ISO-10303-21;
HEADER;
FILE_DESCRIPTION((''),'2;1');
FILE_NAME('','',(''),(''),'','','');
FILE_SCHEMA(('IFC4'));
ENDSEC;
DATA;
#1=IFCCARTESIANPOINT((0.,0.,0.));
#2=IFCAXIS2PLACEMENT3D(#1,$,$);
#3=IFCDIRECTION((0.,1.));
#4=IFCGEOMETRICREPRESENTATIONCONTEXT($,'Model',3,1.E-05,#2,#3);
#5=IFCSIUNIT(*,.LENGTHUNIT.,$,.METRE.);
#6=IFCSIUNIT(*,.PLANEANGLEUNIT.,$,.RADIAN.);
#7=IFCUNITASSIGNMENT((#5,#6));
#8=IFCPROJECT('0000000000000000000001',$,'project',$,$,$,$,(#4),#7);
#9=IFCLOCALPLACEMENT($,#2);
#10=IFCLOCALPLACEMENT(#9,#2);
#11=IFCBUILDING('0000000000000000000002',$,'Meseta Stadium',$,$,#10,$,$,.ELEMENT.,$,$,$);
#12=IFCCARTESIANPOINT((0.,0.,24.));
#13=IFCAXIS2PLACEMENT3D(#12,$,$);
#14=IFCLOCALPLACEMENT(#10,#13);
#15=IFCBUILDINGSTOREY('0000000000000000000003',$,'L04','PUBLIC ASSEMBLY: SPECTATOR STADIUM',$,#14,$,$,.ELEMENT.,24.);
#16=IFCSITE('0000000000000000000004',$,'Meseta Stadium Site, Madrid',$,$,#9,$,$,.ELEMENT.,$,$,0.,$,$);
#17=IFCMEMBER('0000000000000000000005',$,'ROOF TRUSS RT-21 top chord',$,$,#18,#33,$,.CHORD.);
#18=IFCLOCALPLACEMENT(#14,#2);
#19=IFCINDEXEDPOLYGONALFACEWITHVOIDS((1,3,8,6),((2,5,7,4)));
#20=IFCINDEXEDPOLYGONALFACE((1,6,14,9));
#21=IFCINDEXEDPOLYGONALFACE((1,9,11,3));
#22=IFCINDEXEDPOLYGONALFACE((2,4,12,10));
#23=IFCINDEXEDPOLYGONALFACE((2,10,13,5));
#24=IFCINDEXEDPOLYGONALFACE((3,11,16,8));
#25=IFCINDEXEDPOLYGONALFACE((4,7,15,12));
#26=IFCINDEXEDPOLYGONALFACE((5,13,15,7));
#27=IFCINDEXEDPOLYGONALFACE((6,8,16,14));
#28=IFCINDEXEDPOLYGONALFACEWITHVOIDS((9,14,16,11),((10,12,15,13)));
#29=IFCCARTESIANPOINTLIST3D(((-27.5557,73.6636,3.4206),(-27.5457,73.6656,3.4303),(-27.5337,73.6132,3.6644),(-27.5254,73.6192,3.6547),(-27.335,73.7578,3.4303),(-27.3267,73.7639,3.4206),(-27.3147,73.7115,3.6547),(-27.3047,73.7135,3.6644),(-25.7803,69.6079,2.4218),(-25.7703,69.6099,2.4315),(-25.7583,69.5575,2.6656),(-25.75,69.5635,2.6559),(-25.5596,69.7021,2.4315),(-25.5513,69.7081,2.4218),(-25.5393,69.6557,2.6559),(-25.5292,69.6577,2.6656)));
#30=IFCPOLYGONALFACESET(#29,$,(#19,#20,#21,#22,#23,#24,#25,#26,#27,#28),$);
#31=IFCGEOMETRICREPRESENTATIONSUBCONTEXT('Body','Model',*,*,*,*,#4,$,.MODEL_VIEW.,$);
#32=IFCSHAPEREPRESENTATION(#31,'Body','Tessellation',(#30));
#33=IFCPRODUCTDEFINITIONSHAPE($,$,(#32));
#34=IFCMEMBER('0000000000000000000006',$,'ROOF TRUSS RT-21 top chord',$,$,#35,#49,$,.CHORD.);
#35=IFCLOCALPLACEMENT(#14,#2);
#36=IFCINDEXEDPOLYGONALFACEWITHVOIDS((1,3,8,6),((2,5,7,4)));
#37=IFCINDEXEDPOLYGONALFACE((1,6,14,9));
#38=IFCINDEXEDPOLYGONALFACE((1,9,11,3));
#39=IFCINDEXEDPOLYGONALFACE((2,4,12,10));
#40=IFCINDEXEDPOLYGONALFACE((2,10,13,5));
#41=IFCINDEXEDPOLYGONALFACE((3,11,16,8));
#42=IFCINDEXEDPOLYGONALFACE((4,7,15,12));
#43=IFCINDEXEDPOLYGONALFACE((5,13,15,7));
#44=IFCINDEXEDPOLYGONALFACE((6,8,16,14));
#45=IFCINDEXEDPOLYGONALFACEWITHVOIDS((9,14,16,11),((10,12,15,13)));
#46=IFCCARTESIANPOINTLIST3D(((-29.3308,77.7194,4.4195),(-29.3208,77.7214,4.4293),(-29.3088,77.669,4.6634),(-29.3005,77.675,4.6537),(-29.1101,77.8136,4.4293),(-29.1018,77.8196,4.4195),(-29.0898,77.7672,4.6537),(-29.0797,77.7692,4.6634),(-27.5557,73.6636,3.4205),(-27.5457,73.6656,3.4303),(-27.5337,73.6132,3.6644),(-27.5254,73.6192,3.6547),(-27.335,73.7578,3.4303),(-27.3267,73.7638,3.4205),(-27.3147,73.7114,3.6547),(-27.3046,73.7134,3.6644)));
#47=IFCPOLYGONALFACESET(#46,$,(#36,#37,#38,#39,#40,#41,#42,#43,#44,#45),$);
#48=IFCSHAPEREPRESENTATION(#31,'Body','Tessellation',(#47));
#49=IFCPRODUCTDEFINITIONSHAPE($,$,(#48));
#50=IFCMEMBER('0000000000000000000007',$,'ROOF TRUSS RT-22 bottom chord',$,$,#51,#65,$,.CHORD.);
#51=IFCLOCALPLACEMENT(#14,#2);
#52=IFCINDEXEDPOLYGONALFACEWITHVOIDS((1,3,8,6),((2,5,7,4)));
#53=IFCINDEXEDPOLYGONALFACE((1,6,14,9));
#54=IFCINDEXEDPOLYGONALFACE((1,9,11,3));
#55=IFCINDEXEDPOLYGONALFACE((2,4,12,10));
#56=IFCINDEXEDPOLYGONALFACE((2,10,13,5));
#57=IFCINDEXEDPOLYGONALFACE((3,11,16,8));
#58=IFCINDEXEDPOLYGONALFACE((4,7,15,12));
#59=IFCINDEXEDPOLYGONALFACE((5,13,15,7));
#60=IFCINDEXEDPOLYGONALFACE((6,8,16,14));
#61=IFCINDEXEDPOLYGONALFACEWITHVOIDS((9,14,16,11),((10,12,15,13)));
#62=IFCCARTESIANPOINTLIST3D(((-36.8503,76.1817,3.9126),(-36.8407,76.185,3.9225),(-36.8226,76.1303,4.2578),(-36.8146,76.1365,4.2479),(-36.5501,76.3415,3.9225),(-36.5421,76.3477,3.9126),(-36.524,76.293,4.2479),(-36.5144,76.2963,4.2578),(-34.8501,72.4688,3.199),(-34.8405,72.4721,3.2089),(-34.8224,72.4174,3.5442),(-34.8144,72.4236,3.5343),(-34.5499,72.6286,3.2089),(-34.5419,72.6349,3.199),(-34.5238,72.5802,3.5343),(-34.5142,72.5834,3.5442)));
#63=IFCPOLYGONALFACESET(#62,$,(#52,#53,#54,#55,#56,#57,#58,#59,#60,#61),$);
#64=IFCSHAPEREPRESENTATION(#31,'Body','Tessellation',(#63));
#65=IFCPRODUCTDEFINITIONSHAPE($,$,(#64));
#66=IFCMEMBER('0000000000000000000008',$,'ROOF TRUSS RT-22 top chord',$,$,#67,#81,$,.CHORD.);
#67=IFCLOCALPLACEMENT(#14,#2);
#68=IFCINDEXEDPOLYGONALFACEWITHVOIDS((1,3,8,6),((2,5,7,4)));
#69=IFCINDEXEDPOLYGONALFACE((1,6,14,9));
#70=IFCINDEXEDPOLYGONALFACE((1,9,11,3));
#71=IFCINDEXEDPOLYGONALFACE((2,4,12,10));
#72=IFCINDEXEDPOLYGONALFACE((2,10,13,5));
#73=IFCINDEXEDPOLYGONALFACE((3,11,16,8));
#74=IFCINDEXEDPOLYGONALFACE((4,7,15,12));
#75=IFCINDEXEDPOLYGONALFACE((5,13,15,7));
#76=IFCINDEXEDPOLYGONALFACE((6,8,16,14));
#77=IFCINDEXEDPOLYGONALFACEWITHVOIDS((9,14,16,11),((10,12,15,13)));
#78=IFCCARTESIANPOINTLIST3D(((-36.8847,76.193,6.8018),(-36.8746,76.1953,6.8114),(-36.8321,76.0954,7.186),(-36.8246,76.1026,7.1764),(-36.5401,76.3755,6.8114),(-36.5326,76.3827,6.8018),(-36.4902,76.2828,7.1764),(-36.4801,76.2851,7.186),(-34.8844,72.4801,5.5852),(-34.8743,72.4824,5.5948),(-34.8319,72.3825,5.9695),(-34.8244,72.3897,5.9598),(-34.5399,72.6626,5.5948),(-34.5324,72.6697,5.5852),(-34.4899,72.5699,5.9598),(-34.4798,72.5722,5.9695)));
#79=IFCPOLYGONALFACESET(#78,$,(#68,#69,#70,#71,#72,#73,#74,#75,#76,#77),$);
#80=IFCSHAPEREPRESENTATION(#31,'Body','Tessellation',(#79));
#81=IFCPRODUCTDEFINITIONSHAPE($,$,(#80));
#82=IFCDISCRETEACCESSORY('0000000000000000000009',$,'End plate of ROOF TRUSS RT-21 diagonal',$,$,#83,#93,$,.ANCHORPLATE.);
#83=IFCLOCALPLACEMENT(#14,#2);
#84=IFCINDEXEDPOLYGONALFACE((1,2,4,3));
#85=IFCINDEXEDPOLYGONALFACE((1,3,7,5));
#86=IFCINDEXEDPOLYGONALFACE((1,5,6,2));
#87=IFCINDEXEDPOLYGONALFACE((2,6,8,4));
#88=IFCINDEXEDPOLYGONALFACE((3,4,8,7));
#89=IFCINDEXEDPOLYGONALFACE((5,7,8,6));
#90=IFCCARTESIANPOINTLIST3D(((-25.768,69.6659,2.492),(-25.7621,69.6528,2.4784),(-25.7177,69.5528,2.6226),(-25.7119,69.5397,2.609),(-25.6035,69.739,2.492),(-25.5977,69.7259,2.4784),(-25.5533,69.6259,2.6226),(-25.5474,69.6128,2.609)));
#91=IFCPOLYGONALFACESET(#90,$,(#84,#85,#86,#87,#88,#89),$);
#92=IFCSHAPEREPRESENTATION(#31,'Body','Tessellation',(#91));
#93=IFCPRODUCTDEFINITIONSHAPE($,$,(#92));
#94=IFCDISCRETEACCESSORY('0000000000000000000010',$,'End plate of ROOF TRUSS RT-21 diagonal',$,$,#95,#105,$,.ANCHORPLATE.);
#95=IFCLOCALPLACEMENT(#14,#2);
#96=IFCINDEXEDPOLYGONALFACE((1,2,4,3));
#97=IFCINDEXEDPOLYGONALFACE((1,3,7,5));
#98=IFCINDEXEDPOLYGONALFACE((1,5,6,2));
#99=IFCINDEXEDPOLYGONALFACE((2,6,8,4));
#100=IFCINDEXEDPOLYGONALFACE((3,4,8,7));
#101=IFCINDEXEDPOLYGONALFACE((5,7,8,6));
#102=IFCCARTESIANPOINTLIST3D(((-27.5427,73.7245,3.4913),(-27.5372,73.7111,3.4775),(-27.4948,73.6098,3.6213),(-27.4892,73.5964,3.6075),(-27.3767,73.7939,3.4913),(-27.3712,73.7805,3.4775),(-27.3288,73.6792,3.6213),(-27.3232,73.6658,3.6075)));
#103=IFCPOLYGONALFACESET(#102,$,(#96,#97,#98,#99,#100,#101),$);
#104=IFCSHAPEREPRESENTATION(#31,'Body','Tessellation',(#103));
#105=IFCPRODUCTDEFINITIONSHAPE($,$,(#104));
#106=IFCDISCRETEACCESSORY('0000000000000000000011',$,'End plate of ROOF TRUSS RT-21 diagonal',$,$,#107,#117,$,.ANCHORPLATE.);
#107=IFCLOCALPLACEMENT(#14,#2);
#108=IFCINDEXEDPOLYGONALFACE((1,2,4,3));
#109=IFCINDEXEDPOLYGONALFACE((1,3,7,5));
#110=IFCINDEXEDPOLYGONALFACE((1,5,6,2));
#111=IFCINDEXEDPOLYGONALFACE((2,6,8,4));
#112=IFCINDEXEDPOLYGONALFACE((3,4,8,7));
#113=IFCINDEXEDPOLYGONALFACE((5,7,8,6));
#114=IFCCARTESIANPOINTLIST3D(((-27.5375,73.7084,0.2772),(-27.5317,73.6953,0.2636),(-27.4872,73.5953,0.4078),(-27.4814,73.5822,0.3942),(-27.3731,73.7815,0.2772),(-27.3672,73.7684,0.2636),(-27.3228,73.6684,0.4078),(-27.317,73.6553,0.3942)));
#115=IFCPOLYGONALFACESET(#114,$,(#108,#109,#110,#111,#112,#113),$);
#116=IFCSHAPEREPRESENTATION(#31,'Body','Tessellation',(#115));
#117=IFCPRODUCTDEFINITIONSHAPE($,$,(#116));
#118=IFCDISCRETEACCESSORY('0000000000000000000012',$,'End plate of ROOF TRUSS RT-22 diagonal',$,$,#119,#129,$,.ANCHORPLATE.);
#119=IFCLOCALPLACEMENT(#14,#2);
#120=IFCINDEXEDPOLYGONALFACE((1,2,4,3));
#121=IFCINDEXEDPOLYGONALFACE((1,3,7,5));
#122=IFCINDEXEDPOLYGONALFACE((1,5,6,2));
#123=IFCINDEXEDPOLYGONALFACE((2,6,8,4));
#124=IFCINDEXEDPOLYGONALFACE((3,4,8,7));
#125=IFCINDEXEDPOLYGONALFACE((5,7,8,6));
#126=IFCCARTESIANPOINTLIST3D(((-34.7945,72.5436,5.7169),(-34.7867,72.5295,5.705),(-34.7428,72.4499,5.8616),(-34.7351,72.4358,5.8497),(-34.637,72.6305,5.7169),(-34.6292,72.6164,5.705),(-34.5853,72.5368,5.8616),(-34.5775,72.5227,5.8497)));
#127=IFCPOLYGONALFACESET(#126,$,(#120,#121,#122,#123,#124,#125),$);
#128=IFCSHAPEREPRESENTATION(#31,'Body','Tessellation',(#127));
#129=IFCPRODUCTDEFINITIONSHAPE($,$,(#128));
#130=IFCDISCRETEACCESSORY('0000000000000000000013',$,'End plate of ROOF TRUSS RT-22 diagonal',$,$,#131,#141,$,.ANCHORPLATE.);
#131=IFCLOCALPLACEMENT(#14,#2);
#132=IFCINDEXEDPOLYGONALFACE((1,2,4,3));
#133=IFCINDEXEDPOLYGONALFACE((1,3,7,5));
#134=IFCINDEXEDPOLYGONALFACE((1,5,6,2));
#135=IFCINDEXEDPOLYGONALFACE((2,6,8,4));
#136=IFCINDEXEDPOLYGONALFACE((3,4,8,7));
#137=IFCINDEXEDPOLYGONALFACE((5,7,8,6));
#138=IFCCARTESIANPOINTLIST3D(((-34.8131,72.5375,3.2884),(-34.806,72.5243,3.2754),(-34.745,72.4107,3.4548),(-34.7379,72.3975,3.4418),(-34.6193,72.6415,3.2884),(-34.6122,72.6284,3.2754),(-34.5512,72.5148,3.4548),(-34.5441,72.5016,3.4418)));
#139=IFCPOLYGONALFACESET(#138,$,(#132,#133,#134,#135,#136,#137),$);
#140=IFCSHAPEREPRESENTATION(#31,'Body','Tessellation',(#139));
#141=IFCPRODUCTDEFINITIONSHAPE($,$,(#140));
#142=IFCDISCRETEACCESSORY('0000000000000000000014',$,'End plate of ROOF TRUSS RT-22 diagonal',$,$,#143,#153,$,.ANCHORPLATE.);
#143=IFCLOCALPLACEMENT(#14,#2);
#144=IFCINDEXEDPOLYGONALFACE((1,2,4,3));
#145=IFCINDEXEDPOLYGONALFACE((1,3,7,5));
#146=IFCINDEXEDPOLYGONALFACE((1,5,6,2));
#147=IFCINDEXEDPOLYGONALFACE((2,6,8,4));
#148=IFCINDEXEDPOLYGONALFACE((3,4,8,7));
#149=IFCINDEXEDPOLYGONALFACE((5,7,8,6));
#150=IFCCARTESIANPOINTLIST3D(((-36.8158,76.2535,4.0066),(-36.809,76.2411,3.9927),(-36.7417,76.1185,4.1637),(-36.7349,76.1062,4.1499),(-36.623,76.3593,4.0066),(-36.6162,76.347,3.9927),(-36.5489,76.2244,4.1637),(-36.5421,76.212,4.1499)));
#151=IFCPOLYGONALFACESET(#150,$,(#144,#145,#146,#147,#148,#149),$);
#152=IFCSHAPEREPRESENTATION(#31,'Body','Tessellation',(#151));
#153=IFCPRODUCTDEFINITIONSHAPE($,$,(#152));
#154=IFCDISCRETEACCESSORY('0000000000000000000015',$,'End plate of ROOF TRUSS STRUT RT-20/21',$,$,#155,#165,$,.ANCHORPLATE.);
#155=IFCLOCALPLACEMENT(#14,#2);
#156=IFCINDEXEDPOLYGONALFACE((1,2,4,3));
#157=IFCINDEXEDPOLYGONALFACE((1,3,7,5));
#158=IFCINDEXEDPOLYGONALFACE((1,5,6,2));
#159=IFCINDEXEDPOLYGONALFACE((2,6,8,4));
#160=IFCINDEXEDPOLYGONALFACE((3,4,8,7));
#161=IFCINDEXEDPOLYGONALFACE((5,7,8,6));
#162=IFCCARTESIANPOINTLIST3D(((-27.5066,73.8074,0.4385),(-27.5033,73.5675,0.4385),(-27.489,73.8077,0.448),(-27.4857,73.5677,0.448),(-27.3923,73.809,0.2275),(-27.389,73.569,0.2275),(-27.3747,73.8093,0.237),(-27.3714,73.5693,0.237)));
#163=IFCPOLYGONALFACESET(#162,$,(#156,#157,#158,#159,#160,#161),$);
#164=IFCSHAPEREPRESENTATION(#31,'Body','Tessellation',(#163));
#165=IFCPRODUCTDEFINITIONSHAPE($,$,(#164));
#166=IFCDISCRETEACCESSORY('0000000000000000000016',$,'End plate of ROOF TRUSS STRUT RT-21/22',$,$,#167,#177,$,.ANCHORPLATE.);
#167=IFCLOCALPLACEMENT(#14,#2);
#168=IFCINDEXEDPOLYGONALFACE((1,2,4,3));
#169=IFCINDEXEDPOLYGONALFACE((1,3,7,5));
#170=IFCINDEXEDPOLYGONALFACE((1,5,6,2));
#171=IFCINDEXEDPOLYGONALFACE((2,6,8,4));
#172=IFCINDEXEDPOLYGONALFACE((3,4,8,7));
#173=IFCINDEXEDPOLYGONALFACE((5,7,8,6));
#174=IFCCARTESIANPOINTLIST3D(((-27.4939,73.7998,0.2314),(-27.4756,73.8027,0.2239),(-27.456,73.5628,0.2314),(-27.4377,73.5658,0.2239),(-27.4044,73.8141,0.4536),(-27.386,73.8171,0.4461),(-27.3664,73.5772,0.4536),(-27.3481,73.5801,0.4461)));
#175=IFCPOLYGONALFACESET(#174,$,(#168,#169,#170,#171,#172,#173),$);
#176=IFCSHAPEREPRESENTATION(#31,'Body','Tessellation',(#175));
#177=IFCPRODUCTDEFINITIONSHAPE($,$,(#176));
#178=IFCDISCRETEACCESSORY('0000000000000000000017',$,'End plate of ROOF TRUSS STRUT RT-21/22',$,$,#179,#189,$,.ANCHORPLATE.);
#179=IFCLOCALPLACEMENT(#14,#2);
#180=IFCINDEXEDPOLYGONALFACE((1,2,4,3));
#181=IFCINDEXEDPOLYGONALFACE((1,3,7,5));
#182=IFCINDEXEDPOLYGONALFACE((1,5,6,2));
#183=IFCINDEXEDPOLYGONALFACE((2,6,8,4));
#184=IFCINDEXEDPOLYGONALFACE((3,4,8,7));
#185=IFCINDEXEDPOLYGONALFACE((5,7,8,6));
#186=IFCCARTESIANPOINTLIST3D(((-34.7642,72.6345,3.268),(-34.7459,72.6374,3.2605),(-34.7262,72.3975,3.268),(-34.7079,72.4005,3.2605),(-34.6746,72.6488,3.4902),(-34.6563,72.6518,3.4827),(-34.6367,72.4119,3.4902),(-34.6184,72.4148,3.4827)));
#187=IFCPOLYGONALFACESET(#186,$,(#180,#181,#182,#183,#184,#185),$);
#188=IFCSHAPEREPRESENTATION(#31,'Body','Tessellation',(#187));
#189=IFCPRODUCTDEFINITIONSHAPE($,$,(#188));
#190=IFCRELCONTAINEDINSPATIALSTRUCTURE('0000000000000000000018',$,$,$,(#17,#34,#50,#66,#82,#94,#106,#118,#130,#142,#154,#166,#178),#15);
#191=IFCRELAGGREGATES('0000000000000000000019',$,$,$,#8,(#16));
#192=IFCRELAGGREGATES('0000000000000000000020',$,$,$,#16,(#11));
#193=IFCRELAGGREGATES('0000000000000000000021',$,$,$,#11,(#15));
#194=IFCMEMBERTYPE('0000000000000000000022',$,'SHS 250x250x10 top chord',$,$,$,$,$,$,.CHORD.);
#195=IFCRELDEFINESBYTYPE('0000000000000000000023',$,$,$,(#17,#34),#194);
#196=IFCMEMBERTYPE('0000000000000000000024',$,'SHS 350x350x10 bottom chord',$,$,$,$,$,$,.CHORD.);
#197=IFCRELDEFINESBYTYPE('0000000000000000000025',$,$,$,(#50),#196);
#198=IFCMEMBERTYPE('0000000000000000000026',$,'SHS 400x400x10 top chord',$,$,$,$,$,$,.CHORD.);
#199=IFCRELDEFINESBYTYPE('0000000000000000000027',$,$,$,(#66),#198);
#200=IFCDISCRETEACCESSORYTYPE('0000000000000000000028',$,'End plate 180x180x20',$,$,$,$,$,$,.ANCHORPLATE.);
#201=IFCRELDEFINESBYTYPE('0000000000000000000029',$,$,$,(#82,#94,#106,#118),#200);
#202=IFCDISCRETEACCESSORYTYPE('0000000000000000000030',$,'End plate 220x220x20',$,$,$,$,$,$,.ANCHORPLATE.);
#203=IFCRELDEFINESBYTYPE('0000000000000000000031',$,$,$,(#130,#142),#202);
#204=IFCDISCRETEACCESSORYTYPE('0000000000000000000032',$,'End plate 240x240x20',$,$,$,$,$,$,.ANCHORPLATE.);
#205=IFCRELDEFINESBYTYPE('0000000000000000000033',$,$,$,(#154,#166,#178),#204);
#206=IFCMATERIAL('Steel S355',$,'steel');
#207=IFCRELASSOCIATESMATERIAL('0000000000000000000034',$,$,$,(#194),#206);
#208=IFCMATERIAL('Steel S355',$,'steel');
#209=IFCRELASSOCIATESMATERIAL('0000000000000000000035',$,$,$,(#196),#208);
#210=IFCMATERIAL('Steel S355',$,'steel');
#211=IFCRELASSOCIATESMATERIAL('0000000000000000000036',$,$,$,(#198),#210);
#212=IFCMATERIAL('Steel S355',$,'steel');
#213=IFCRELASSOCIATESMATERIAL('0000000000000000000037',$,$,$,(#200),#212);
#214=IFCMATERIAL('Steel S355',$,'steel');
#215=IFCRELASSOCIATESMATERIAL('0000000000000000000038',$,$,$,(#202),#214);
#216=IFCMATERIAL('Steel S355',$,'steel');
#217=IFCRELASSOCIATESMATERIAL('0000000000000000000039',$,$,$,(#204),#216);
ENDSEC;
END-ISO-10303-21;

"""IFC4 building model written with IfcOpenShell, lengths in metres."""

from ifc_helpers import new_model, si_unit, direction, frame, origin, origin_2d, place, context, subcontext, project, spatial, rectangle, hollow_rectangle, extrude, material, material_profile, profile_set, type_object, element, save


model = new_model("IFC4")

# Units and contexts
model_context = context("Model", 3, precision=1e-05, world=origin(), true_north=direction((0.0, 1.0)))
body_context = subcontext(model_context, "Body", "Model", "MODEL_VIEW")
ifc_project = project(units=[si_unit("LENGTHUNIT", "METRE"), si_unit("PLANEANGLEUNIT", "RADIAN")], contexts=[model_context])

# Site, building, storey
site_placement = place(None, origin())
site = spatial("IfcSite", under=ifc_project, at=site_placement, Name="Meseta Stadium Site, Madrid", CompositionType="ELEMENT", RefElevation=0.0)
building_placement = place(site_placement, origin())
building = spatial("IfcBuilding", under=site, at=building_placement, Name="Meseta Stadium", CompositionType="ELEMENT")
storey_placement = place(building_placement, frame((0.0, 0.0, 24.0)))
storey = spatial("IfcBuildingStorey", under=building, at=storey_placement, Name="L04", Description="PUBLIC ASSEMBLY: SPECTATOR STADIUM", CompositionType="ELEMENT", Elevation=24.0)

# Members
ifc_material_1 = material(Name="Steel S355", Category="steel")
ifc_material_profile_1 = material_profile(ifc_material_1, hollow_rectangle(XDim=0.25, YDim=0.25, WallThickness=0.01, at=origin_2d()), Name="SHS 250x250x10")
ifc_profile_set_1 = profile_set([ifc_material_profile_1], Name="Steel S355")
member_type_1 = type_object("IfcMemberType", Name="SHS 250x250x10 top chord", PredefinedType="CHORD", material=ifc_profile_set_1)
for number, where, z_axis, x_axis, name in (
    (1, (-25.6548, 69.6328, 2.5437), (-0.391184, 0.893613, 0.220068), (-0.916071, -0.401016, 0.0), "ROOF TRUSS RT-21 top chord"),
    (2, (-27.4302, 73.6885, 3.5425), (-0.391115, 0.893632, 0.220113), (-0.9161, -0.400949, 0.0), "ROOF TRUSS RT-21 top chord"),
):
    element("IfcMember", number, at=place(storey_placement, frame(where, z_axis=z_axis, x_axis=x_axis)), inside=storey, type_object=member_type_1, Name=name, PredefinedType="CHORD", context=body_context, shape_type="SweptSolid", body=[
        extrude(hollow_rectangle(XDim=0.25, YDim=0.25, WallThickness=0.01, at=origin_2d()), origin(), (0.0, 0.0, 1.0), 4.5386),
    ])
ifc_material_2 = material(Name="Steel S355", Category="steel")
ifc_material_profile_2 = material_profile(ifc_material_2, hollow_rectangle(XDim=0.3501, YDim=0.3501, WallThickness=0.01, at=origin_2d()), Name="SHS 350x350x10")
ifc_profile_set_2 = profile_set([ifc_material_profile_2], Name="Steel S355")
member_type_2 = type_object("IfcMemberType", Name="SHS 350x350x10 bottom chord", PredefinedType="CHORD", material=ifc_profile_set_2)
member_1_placement = place(storey_placement, frame((-34.6821, 72.5261, 3.3716), z_axis=(-0.467635, 0.868034, 0.166837), x_axis=(-0.880373, -0.474283, 0.0)))
element("IfcMember", 3, at=member_1_placement, inside=storey, type_object=member_type_2, Name="ROOF TRUSS RT-22 bottom chord", PredefinedType="CHORD", context=body_context, shape_type="SweptSolid", body=[
    extrude(hollow_rectangle(XDim=0.3501, YDim=0.3501, WallThickness=0.01, at=origin_2d()), origin(), (0.0, 0.0, 1.0), 4.2773),
])
ifc_material_3 = material(Name="Steel S355", Category="steel")
ifc_material_profile_3 = material_profile(ifc_material_3, hollow_rectangle(XDim=0.3999, YDim=0.3999, WallThickness=0.01, at=origin_2d()), Name="SHS 400x400x10")
ifc_profile_set_3 = profile_set([ifc_material_profile_3], Name="Steel S355")
member_type_3 = type_object("IfcMemberType", Name="SHS 400x400x10 top chord", PredefinedType="CHORD", material=ifc_profile_set_3)
member_2_placement = place(storey_placement, frame((-34.6821, 72.5261, 5.7773), z_axis=(-0.455702, 0.845883, 0.277159), x_axis=(-0.880373, -0.474283, 0.0)))
element("IfcMember", 4, at=member_2_placement, inside=storey, type_object=member_type_3, Name="ROOF TRUSS RT-22 top chord", PredefinedType="CHORD", context=body_context, shape_type="SweptSolid", body=[
    extrude(hollow_rectangle(XDim=0.3999, YDim=0.3999, WallThickness=0.01, at=origin_2d()), origin(), (0.0, 0.0, 1.0), 4.3894),
])

# Discrete accessories
ifc_material_4 = material(Name="Steel S355", Category="steel")
ifc_material_profile_4 = material_profile(ifc_material_4, rectangle(XDim=0.1799, YDim=0.1799, at=origin_2d()), Name="PL 180x180")
ifc_profile_set_4 = profile_set([ifc_material_profile_4], Name="Steel S355")
discrete_accessory_type_1 = type_object("IfcDiscreteAccessoryType", Name="End plate 180x180x20", PredefinedType="ANCHORPLATE", material=ifc_profile_set_4)
discrete_accessory_1_placement = place(storey_placement, frame((-25.6548, 69.6328, 2.5437), z_axis=(-0.294795, 0.663289, 0.687855), x_axis=(-0.913812, -0.406138, 0.0)))
element("IfcDiscreteAccessory", 5, at=discrete_accessory_1_placement, inside=storey, type_object=discrete_accessory_type_1, Name="End plate of ROOF TRUSS RT-21 diagonal", PredefinedType="ANCHORPLATE", context=body_context, shape_type="SweptSolid", body=[
    extrude(rectangle(XDim=0.1799, YDim=0.1799, at=origin_2d()), origin(), (0.0, 0.0, 1.0), 0.0198),
])
discrete_accessory_2_placement = place(storey_placement, frame((-27.4302, 73.6885, 3.5425), z_axis=(-0.278854, 0.666826, 0.691074), x_axis=(-0.92258, -0.385806, 0.0)))
element("IfcDiscreteAccessory", 6, at=discrete_accessory_2_placement, inside=storey, type_object=discrete_accessory_type_1, Name="End plate of ROOF TRUSS RT-21 diagonal", PredefinedType="ANCHORPLATE", context=body_context, shape_type="SweptSolid", body=[
    extrude(rectangle(XDim=0.1799, YDim=0.1799, at=origin_2d()), origin(), (0.0, 0.0, 1.0), 0.02),
])
discrete_accessory_3_placement = place(storey_placement, frame((-27.4243, 73.6753, 0.3289), z_axis=(-0.294795, 0.663289, 0.687855), x_axis=(-0.913812, -0.406138, 0.0)))
element("IfcDiscreteAccessory", 7, at=discrete_accessory_3_placement, inside=storey, type_object=discrete_accessory_type_1, Name="End plate of ROOF TRUSS RT-21 diagonal", PredefinedType="ANCHORPLATE", context=body_context, shape_type="SweptSolid", body=[
    extrude(rectangle(XDim=0.1799, YDim=0.1799, at=origin_2d()), origin(), (0.0, 0.0, 1.0), 0.0198),
])
discrete_accessory_4_placement = place(storey_placement, frame((-34.6821, 72.5261, 5.7773), z_axis=(-0.388371, 0.703923, 0.594693), x_axis=(-0.875578, -0.483077, 0.0)))
element("IfcDiscreteAccessory", 8, at=discrete_accessory_4_placement, inside=storey, type_object=discrete_accessory_type_1, Name="End plate of ROOF TRUSS RT-22 diagonal", PredefinedType="ANCHORPLATE", context=body_context, shape_type="SweptSolid", body=[
    extrude(rectangle(XDim=0.1799, YDim=0.1799, at=origin_2d()), origin(), (0.0, 0.0, 1.0), 0.02),
])
ifc_material_5 = material(Name="Steel S355", Category="steel")
ifc_material_profile_5 = material_profile(ifc_material_5, rectangle(XDim=0.22, YDim=0.22, at=origin_2d()), Name="PL 220x220")
ifc_profile_set_5 = profile_set([ifc_material_profile_5], Name="Steel S355")
discrete_accessory_type_2 = type_object("IfcDiscreteAccessoryType", Name="End plate 220x220x20", PredefinedType="ANCHORPLATE", material=ifc_profile_set_5)
for number, where, z_axis, x_axis, name in (
    (9, (-34.675, 72.5129, 3.3586), (-0.357888, 0.666413, 0.654072), (-0.880994, -0.473127, 0.0), "End plate of ROOF TRUSS RT-22 diagonal"),
    (10, (-36.6755, 76.2266, 4.0713), (-0.343772, 0.626156, 0.699821), (-0.876579, -0.481259, 0.0), "End plate of ROOF TRUSS RT-22 diagonal"),
):
    element("IfcDiscreteAccessory", number, at=place(storey_placement, frame(where, z_axis=z_axis, x_axis=x_axis)), inside=storey, type_object=discrete_accessory_type_2, Name=name, PredefinedType="ANCHORPLATE", context=body_context, shape_type="SweptSolid", body=[
        extrude(rectangle(XDim=0.22, YDim=0.22, at=origin_2d()), origin(), (0.0, 0.0, 1.0), 0.0198),
    ])
ifc_material_6 = material(Name="Steel S355", Category="steel")
ifc_material_profile_6 = material_profile(ifc_material_6, rectangle(XDim=0.24, YDim=0.24, at=origin_2d()), Name="PL 240x240")
ifc_profile_set_6 = profile_set([ifc_material_profile_6], Name="Steel S355")
discrete_accessory_type_3 = type_object("IfcDiscreteAccessoryType", Name="End plate 240x240x20", PredefinedType="ANCHORPLATE", material=ifc_profile_set_6)
for number, where, z_axis, x_axis, name in (
    (11, (-27.4302, 73.6885, 0.3425), (-0.879226, -0.012211, -0.476248), (0.013888, -0.999904, 0.0), "End plate of ROOF TRUSS STRUT RT-20/21"),
    (12, (-27.4119, 73.6914, 0.335), (-0.914226, -0.146276, 0.37788), (0.157991, -0.987441, 0.0), "End plate of ROOF TRUSS STRUT RT-21/22"),
    (13, (-34.6821, 72.5261, 3.3716), (-0.914226, -0.146276, 0.37788), (0.157991, -0.987441, 0.0), "End plate of ROOF TRUSS STRUT RT-21/22"),
):
    element("IfcDiscreteAccessory", number, at=place(storey_placement, frame(where, z_axis=z_axis, x_axis=x_axis)), inside=storey, type_object=discrete_accessory_type_3, Name=name, PredefinedType="ANCHORPLATE", context=body_context, shape_type="SweptSolid", body=[
        extrude(rectangle(XDim=0.24, YDim=0.24, at=origin_2d()), origin(), (0.0, 0.0, 1.0), 0.02),
    ])

save(model, "model.ifc")
